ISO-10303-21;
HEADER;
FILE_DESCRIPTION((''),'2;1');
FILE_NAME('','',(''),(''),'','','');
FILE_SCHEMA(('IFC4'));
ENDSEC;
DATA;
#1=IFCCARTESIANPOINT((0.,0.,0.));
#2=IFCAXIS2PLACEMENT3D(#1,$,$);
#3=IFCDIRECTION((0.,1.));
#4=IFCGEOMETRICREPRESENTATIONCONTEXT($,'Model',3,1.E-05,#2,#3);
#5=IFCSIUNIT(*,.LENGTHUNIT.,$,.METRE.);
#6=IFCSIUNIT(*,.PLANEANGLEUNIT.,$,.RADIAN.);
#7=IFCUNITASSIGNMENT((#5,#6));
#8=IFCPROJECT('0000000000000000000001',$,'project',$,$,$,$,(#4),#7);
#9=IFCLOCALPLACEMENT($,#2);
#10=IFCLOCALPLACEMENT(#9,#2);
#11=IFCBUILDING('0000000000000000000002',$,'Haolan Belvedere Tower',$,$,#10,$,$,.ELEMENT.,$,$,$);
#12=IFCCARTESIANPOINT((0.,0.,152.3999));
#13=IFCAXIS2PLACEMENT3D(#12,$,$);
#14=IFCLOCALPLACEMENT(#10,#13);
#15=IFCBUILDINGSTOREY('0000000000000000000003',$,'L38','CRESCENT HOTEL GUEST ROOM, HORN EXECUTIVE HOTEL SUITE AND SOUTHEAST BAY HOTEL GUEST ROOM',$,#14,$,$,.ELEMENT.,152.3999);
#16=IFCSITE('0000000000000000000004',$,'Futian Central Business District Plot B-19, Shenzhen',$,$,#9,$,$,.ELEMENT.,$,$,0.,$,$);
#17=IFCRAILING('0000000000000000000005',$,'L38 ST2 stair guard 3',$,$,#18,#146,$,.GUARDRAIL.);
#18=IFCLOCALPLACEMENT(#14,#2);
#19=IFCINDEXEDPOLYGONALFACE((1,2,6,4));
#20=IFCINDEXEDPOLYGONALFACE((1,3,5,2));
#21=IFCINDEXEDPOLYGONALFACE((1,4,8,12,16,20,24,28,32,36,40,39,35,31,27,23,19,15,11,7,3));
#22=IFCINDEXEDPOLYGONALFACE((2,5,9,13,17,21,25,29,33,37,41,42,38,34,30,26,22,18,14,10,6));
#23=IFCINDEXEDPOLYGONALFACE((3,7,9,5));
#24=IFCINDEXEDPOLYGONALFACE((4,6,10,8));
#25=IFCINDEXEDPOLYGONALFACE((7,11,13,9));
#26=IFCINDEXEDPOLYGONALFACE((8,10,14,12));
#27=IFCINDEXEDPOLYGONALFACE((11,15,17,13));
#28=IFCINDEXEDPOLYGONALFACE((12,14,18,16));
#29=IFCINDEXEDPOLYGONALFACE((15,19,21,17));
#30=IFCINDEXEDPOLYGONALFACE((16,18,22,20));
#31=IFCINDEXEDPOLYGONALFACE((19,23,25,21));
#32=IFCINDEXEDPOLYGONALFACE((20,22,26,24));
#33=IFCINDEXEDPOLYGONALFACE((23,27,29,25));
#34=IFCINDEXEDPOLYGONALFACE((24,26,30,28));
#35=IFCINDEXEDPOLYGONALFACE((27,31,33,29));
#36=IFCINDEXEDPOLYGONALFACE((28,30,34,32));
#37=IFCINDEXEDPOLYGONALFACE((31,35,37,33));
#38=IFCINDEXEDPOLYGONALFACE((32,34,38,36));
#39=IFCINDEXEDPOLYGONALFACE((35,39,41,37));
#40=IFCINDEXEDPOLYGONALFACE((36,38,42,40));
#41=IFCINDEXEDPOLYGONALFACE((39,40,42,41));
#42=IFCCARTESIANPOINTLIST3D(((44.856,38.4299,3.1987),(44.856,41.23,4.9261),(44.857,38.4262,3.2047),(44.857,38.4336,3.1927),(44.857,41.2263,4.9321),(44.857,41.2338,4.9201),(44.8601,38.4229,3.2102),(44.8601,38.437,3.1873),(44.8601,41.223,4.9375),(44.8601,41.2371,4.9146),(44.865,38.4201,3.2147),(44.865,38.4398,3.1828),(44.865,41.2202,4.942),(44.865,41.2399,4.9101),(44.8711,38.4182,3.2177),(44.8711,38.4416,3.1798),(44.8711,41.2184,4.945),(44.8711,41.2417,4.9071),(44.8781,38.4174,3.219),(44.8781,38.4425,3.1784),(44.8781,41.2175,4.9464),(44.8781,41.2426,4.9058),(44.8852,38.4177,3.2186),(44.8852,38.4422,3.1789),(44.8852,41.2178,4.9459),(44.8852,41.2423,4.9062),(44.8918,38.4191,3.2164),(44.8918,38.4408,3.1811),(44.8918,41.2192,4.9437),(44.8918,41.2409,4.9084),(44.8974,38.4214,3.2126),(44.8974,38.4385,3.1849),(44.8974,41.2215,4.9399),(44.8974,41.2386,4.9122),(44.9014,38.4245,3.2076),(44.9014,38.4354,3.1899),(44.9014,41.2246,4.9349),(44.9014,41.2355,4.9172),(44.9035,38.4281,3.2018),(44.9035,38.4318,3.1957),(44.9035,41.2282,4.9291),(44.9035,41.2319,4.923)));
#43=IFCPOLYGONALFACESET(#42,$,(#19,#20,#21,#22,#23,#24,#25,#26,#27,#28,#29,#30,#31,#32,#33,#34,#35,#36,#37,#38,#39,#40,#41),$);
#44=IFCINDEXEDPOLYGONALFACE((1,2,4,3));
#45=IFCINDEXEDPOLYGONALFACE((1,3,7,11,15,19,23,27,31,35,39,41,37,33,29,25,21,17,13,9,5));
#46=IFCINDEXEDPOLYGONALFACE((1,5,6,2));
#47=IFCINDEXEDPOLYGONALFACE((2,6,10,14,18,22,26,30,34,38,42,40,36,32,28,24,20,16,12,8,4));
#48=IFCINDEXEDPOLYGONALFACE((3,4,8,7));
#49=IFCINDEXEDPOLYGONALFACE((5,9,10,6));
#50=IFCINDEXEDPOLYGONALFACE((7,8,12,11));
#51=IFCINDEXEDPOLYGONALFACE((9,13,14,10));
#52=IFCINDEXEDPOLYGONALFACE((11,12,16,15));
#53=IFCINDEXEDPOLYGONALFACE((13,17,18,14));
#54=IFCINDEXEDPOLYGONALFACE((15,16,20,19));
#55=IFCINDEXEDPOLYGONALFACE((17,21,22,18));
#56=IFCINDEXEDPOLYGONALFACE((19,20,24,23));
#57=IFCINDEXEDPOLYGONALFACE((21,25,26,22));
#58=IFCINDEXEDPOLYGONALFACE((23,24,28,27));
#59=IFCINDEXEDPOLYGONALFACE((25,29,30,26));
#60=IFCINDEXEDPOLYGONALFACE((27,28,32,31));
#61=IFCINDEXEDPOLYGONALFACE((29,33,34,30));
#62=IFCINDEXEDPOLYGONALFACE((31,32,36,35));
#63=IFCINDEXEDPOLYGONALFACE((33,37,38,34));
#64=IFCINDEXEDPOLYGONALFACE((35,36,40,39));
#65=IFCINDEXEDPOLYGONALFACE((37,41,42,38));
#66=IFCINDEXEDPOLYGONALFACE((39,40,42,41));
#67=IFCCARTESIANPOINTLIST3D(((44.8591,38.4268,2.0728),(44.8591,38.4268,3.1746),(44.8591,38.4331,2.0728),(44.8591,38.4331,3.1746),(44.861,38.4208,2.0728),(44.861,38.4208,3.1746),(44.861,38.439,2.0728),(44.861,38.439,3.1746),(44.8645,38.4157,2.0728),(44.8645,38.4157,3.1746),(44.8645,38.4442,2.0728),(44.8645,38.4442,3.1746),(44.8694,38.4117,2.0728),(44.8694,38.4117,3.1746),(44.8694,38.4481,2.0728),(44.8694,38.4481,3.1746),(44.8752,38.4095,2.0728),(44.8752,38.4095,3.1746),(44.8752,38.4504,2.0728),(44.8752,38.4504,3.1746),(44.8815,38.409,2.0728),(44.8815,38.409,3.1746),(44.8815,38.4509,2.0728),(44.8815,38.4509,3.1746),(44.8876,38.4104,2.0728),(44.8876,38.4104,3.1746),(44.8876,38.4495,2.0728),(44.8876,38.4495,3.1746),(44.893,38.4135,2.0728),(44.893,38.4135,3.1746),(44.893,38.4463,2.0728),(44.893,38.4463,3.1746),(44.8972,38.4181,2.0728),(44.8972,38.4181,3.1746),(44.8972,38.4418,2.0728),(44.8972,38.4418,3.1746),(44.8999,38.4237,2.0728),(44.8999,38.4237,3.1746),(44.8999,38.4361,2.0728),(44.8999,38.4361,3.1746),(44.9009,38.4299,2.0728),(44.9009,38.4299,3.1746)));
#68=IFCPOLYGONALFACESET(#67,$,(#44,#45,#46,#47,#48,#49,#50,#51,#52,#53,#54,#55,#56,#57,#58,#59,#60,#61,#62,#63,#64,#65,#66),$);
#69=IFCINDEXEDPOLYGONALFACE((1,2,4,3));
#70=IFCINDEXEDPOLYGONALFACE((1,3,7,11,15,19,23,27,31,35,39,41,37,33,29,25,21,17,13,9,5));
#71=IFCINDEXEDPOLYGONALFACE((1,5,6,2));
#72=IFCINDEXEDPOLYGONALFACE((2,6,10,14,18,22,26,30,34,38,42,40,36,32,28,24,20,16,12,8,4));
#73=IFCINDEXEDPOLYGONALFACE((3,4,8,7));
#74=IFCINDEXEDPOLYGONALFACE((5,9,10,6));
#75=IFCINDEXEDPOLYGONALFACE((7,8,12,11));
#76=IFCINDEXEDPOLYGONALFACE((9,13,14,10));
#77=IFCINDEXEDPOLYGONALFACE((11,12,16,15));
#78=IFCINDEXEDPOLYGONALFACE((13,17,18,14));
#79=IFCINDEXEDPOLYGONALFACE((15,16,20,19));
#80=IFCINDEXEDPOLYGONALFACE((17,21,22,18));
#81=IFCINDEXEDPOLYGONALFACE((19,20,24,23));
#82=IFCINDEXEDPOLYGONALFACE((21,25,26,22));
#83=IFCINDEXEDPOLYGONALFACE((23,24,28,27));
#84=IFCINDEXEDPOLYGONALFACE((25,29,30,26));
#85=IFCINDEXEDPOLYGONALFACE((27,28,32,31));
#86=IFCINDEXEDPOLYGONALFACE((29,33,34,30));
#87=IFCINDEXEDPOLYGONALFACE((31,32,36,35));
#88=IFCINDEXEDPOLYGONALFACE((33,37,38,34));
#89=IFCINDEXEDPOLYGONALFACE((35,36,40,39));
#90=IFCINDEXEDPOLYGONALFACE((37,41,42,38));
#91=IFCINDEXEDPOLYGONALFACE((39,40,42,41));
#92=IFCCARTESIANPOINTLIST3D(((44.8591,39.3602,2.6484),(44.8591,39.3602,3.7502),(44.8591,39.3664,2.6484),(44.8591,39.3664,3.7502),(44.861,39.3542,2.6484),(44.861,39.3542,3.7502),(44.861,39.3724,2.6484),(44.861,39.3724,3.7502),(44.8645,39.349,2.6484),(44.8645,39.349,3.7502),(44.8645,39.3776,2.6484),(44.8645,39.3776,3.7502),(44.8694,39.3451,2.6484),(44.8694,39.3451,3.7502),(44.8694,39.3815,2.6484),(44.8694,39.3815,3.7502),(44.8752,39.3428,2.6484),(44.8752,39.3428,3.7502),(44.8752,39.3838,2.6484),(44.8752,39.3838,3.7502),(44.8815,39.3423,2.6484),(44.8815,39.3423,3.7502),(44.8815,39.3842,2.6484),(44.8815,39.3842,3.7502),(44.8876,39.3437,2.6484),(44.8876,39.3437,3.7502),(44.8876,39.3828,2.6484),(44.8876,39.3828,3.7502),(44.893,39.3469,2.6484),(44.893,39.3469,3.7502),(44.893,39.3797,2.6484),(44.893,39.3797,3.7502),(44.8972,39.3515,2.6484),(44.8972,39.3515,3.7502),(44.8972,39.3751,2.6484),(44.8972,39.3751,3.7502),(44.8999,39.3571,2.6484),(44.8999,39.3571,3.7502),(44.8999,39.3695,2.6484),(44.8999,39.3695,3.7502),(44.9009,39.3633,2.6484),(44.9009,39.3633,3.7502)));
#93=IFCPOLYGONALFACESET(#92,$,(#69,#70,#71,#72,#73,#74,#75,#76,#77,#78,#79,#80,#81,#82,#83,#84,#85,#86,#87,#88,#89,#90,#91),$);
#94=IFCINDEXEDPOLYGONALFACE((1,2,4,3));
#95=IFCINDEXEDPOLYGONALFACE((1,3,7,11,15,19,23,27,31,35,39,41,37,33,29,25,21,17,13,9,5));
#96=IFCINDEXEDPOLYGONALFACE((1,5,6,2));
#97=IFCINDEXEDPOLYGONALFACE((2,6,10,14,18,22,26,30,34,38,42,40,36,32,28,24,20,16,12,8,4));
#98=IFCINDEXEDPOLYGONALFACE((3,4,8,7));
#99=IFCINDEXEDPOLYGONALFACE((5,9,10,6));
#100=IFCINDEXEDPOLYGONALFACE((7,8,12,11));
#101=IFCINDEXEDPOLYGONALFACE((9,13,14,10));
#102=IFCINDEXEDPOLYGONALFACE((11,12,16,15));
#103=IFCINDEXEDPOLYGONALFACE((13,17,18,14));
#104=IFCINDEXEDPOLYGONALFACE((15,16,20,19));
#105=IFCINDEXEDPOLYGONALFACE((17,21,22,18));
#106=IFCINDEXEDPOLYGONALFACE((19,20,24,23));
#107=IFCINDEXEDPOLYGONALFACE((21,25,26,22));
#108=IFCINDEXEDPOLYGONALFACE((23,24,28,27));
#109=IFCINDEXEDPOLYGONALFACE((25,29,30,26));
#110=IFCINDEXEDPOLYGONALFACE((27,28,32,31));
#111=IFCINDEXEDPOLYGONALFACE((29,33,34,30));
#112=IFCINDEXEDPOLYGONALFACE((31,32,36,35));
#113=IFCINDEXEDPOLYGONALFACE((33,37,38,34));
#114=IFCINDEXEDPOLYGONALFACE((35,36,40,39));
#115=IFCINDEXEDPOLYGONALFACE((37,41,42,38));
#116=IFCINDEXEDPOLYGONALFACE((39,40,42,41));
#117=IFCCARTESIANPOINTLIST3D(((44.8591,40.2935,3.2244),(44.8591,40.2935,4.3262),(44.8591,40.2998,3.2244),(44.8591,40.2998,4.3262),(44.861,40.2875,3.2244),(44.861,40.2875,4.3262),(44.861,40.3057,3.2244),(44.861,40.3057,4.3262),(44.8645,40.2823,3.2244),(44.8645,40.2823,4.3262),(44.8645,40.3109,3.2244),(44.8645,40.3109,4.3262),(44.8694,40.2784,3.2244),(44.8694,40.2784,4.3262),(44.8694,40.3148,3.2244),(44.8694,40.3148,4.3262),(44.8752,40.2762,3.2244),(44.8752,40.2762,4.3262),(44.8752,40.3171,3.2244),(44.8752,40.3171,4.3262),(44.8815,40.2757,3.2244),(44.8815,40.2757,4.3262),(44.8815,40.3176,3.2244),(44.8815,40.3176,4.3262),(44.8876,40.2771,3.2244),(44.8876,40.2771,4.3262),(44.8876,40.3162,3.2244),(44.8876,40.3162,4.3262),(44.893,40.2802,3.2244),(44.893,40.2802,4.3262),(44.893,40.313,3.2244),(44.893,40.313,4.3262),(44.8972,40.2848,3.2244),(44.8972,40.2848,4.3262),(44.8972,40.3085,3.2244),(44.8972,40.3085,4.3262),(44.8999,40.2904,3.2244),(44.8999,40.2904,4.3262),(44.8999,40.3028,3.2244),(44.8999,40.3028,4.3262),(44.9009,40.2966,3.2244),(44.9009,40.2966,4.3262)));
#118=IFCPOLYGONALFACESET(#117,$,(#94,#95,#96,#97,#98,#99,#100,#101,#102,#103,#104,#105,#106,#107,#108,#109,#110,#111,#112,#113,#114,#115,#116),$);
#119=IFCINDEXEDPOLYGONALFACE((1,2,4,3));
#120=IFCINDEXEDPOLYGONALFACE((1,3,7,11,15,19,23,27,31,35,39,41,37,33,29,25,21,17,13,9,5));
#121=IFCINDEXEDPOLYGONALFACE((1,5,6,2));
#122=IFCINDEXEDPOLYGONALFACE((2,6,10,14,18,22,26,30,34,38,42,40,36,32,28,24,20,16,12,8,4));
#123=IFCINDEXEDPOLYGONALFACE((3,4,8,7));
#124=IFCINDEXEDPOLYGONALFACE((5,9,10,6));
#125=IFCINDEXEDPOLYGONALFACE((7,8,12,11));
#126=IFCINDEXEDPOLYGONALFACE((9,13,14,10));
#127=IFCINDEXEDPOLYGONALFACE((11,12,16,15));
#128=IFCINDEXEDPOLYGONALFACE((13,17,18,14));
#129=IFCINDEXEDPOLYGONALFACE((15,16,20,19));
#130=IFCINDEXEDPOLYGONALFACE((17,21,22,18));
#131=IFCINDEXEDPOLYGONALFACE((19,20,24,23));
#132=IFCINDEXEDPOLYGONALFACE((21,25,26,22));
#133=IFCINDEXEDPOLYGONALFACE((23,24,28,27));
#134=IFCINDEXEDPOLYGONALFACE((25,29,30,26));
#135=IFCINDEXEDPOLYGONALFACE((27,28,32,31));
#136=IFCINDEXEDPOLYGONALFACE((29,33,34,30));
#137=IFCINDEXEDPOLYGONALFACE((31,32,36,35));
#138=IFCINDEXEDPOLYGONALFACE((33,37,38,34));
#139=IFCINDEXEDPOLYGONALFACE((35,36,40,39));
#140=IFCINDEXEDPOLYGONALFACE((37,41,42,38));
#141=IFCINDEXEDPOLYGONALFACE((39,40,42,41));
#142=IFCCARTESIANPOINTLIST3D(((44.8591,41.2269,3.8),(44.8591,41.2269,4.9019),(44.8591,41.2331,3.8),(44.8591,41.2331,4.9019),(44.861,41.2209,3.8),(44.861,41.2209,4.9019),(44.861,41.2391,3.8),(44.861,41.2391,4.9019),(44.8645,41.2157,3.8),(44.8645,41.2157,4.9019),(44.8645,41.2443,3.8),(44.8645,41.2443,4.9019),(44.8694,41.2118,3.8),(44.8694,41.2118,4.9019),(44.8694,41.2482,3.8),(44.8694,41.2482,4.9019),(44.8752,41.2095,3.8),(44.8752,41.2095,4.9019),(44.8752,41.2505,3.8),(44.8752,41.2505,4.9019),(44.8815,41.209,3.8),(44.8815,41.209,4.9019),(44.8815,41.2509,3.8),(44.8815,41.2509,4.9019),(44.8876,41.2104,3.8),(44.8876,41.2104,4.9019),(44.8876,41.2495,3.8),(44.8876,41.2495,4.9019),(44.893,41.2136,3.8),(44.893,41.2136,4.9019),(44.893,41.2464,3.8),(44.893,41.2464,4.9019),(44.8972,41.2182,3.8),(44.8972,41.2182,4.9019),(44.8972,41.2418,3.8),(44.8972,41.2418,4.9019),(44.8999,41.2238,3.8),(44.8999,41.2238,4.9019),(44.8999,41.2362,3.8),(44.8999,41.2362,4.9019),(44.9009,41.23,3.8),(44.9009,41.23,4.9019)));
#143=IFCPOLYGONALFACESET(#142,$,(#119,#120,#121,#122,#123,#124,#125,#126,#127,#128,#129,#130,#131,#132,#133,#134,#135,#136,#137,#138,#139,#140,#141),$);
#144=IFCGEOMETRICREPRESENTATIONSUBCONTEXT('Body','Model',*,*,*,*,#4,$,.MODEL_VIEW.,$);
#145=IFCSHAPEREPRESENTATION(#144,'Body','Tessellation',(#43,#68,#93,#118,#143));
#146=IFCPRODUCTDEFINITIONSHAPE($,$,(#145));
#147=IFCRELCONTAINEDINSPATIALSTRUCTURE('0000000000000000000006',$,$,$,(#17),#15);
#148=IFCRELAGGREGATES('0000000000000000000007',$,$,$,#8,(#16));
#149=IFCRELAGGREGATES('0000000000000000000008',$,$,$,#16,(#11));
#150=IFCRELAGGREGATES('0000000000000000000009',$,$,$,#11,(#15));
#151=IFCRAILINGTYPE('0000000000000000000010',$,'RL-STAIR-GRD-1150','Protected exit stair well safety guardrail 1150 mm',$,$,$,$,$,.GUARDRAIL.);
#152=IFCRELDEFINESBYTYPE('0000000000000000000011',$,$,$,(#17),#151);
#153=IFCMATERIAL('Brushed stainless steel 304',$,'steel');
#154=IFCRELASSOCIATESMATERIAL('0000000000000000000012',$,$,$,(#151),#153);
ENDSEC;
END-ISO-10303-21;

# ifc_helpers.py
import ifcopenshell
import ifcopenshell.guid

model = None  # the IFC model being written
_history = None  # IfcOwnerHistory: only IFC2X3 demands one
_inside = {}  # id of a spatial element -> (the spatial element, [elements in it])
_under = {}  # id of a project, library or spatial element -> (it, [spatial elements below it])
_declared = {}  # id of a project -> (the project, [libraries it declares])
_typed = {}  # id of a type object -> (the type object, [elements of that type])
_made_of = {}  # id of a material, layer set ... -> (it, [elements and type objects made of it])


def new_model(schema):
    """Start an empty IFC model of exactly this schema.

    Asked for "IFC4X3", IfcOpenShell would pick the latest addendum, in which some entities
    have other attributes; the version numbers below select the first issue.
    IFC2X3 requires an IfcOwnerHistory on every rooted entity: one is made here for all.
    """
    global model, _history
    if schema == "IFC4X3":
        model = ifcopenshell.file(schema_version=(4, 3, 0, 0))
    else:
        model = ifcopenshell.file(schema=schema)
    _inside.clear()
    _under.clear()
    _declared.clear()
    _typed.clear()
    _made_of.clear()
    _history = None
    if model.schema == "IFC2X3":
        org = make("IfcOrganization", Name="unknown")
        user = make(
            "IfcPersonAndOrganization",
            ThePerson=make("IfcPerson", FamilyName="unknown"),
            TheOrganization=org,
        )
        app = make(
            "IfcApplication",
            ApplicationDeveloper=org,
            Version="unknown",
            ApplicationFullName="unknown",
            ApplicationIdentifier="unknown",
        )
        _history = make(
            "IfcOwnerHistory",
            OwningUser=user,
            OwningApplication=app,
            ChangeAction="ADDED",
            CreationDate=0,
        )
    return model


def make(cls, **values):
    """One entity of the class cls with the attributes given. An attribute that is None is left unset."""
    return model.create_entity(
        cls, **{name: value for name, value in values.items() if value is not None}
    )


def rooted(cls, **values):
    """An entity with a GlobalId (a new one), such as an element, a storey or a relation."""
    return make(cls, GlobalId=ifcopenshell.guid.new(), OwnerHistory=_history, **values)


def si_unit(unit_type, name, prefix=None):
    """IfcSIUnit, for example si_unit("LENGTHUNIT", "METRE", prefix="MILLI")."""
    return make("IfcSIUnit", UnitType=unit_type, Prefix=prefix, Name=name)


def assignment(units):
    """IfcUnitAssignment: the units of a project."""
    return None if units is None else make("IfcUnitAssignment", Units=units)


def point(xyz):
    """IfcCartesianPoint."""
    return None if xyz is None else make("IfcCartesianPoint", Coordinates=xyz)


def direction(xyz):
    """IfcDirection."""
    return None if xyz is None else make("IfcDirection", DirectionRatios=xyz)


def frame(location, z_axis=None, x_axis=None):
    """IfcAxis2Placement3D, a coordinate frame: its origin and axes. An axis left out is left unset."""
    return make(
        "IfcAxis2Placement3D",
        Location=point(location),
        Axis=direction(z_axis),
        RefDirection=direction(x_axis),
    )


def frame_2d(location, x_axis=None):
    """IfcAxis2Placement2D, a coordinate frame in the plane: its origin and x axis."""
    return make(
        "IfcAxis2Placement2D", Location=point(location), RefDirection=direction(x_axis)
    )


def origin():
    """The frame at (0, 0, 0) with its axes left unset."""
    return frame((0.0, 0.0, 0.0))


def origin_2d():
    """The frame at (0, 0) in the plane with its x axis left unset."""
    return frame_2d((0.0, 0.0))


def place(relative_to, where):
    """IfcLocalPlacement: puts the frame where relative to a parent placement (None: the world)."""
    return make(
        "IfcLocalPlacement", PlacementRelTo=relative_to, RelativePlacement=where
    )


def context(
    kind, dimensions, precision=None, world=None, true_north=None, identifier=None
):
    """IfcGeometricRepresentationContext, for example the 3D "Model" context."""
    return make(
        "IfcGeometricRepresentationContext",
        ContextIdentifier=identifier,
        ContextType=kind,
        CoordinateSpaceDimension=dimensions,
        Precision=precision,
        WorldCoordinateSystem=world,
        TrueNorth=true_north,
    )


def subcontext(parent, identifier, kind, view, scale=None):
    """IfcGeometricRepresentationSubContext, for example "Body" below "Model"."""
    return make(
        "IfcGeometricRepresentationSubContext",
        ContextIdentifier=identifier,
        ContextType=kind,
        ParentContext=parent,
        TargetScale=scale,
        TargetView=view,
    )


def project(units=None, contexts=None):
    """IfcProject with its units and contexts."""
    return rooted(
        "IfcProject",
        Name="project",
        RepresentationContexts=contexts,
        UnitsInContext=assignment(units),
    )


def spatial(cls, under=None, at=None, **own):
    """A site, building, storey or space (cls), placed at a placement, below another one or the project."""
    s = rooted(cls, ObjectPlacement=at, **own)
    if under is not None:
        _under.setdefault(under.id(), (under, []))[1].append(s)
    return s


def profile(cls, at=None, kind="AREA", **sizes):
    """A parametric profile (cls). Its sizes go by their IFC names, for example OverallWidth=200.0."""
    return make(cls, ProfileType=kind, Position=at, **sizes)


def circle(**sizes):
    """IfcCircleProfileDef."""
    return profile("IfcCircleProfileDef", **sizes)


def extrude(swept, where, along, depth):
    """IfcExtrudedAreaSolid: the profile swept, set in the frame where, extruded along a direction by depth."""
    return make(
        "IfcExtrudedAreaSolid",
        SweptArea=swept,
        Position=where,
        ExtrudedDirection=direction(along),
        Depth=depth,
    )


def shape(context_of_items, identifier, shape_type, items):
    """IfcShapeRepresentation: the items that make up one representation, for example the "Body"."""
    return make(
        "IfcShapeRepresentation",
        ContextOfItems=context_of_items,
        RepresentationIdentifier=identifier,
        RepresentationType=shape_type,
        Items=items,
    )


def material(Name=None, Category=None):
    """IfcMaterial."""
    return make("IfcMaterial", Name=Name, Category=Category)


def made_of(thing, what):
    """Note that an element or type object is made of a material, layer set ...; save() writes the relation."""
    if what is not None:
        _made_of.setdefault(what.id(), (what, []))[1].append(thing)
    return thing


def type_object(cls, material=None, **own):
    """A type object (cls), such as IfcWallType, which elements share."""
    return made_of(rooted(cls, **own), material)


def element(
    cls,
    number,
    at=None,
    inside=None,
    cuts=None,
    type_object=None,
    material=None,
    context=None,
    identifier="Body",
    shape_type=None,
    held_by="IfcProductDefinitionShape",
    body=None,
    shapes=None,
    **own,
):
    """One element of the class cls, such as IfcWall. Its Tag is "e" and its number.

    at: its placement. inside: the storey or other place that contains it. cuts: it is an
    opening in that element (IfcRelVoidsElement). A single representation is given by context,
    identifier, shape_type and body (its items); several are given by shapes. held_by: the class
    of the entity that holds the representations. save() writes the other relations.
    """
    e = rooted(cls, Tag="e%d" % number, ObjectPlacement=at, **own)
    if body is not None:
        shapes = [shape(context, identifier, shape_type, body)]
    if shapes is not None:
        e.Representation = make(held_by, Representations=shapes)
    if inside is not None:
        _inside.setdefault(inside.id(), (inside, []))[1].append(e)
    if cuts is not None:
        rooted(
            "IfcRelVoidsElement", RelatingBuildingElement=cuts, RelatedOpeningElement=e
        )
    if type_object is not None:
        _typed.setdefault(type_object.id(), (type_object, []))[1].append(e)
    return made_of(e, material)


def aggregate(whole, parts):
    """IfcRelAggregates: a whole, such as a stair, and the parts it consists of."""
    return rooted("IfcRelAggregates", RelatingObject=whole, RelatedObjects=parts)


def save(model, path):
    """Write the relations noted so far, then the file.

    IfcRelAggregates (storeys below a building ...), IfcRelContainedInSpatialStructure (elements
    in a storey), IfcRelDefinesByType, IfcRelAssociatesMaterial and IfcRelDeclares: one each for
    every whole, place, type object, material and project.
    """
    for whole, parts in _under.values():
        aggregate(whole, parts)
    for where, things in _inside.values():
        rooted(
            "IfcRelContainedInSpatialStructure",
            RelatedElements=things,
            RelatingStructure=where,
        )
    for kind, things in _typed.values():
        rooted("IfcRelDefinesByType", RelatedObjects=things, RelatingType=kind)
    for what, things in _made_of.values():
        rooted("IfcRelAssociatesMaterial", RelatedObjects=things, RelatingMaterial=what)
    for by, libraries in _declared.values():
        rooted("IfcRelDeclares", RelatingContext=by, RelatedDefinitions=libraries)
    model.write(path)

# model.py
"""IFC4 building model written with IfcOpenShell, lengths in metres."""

from ifc_helpers import new_model, si_unit, direction, frame, origin, origin_2d, place, context, subcontext, project, spatial, circle, extrude, material, type_object, element, save


model = new_model("IFC4")

# Units and contexts
model_context = context("Model", 3, precision=1e-05, world=origin(), true_north=direction((0.0, 1.0)))
body_context = subcontext(model_context, "Body", "Model", "MODEL_VIEW")
ifc_project = project(units=[si_unit("LENGTHUNIT", "METRE"), si_unit("PLANEANGLEUNIT", "RADIAN")], contexts=[model_context])

# Site, building, storey
site_placement = place(None, origin())
site = spatial("IfcSite", under=ifc_project, at=site_placement, Name="Futian Central Business District Plot B-19, Shenzhen", CompositionType="ELEMENT", RefElevation=0.0)
building_placement = place(site_placement, origin())
building = spatial("IfcBuilding", under=site, at=building_placement, Name="Haolan Belvedere Tower", CompositionType="ELEMENT")
storey_placement = place(building_placement, frame((0.0, 0.0, 152.3999)))
storey = spatial("IfcBuildingStorey", under=building, at=storey_placement, Name="L38", Description="CRESCENT HOTEL GUEST ROOM, HORN EXECUTIVE HOTEL SUITE AND SOUTHEAST BAY HOTEL GUEST ROOM", CompositionType="ELEMENT", Elevation=152.3999)

# Railing
ifc_material_1 = material(Name="Brushed stainless steel 304", Category="steel")
railing_type_1 = type_object("IfcRailingType", Name="RL-STAIR-GRD-1150", Description="Protected exit stair well safety guardrail 1150 mm", PredefinedType="GUARDRAIL", material=ifc_material_1)
railing_1_placement = place(storey_placement, frame((44.8799, 38.4299, 2.0728)))
element("IfcRailing", 1, at=railing_1_placement, inside=storey, type_object=railing_type_1, Name="L38 ST2 stair guard 3", PredefinedType="GUARDRAIL", context=body_context, shape_type="SweptSolid", body=[
    extrude(circle(Radius=0.0239, at=origin_2d()), frame((0.0, 0.0, 1.126), z_axis=(0.0, 0.85109, 0.52502), x_axis=(-1.0, 0.0, 0.0)), (0.0, 0.0, 1.0), 3.29),
    extrude(circle(Radius=0.021, at=origin_2d()), origin(), (0.0, 0.0, 1.0), 1.1018),
    extrude(circle(Radius=0.021, at=origin_2d()), frame((0.0, 0.9333, 0.5757)), (0.0, 0.0, 1.0), 1.1018),
    extrude(circle(Radius=0.021, at=origin_2d()), frame((0.0, 1.8667, 1.1516)), (0.0, 0.0, 1.0), 1.1018),
    extrude(circle(Radius=0.021, at=origin_2d()), frame((0.0, 2.8, 1.7273)), (0.0, 0.0, 1.0), 1.1018),
])

save(model, "model.ifc")
